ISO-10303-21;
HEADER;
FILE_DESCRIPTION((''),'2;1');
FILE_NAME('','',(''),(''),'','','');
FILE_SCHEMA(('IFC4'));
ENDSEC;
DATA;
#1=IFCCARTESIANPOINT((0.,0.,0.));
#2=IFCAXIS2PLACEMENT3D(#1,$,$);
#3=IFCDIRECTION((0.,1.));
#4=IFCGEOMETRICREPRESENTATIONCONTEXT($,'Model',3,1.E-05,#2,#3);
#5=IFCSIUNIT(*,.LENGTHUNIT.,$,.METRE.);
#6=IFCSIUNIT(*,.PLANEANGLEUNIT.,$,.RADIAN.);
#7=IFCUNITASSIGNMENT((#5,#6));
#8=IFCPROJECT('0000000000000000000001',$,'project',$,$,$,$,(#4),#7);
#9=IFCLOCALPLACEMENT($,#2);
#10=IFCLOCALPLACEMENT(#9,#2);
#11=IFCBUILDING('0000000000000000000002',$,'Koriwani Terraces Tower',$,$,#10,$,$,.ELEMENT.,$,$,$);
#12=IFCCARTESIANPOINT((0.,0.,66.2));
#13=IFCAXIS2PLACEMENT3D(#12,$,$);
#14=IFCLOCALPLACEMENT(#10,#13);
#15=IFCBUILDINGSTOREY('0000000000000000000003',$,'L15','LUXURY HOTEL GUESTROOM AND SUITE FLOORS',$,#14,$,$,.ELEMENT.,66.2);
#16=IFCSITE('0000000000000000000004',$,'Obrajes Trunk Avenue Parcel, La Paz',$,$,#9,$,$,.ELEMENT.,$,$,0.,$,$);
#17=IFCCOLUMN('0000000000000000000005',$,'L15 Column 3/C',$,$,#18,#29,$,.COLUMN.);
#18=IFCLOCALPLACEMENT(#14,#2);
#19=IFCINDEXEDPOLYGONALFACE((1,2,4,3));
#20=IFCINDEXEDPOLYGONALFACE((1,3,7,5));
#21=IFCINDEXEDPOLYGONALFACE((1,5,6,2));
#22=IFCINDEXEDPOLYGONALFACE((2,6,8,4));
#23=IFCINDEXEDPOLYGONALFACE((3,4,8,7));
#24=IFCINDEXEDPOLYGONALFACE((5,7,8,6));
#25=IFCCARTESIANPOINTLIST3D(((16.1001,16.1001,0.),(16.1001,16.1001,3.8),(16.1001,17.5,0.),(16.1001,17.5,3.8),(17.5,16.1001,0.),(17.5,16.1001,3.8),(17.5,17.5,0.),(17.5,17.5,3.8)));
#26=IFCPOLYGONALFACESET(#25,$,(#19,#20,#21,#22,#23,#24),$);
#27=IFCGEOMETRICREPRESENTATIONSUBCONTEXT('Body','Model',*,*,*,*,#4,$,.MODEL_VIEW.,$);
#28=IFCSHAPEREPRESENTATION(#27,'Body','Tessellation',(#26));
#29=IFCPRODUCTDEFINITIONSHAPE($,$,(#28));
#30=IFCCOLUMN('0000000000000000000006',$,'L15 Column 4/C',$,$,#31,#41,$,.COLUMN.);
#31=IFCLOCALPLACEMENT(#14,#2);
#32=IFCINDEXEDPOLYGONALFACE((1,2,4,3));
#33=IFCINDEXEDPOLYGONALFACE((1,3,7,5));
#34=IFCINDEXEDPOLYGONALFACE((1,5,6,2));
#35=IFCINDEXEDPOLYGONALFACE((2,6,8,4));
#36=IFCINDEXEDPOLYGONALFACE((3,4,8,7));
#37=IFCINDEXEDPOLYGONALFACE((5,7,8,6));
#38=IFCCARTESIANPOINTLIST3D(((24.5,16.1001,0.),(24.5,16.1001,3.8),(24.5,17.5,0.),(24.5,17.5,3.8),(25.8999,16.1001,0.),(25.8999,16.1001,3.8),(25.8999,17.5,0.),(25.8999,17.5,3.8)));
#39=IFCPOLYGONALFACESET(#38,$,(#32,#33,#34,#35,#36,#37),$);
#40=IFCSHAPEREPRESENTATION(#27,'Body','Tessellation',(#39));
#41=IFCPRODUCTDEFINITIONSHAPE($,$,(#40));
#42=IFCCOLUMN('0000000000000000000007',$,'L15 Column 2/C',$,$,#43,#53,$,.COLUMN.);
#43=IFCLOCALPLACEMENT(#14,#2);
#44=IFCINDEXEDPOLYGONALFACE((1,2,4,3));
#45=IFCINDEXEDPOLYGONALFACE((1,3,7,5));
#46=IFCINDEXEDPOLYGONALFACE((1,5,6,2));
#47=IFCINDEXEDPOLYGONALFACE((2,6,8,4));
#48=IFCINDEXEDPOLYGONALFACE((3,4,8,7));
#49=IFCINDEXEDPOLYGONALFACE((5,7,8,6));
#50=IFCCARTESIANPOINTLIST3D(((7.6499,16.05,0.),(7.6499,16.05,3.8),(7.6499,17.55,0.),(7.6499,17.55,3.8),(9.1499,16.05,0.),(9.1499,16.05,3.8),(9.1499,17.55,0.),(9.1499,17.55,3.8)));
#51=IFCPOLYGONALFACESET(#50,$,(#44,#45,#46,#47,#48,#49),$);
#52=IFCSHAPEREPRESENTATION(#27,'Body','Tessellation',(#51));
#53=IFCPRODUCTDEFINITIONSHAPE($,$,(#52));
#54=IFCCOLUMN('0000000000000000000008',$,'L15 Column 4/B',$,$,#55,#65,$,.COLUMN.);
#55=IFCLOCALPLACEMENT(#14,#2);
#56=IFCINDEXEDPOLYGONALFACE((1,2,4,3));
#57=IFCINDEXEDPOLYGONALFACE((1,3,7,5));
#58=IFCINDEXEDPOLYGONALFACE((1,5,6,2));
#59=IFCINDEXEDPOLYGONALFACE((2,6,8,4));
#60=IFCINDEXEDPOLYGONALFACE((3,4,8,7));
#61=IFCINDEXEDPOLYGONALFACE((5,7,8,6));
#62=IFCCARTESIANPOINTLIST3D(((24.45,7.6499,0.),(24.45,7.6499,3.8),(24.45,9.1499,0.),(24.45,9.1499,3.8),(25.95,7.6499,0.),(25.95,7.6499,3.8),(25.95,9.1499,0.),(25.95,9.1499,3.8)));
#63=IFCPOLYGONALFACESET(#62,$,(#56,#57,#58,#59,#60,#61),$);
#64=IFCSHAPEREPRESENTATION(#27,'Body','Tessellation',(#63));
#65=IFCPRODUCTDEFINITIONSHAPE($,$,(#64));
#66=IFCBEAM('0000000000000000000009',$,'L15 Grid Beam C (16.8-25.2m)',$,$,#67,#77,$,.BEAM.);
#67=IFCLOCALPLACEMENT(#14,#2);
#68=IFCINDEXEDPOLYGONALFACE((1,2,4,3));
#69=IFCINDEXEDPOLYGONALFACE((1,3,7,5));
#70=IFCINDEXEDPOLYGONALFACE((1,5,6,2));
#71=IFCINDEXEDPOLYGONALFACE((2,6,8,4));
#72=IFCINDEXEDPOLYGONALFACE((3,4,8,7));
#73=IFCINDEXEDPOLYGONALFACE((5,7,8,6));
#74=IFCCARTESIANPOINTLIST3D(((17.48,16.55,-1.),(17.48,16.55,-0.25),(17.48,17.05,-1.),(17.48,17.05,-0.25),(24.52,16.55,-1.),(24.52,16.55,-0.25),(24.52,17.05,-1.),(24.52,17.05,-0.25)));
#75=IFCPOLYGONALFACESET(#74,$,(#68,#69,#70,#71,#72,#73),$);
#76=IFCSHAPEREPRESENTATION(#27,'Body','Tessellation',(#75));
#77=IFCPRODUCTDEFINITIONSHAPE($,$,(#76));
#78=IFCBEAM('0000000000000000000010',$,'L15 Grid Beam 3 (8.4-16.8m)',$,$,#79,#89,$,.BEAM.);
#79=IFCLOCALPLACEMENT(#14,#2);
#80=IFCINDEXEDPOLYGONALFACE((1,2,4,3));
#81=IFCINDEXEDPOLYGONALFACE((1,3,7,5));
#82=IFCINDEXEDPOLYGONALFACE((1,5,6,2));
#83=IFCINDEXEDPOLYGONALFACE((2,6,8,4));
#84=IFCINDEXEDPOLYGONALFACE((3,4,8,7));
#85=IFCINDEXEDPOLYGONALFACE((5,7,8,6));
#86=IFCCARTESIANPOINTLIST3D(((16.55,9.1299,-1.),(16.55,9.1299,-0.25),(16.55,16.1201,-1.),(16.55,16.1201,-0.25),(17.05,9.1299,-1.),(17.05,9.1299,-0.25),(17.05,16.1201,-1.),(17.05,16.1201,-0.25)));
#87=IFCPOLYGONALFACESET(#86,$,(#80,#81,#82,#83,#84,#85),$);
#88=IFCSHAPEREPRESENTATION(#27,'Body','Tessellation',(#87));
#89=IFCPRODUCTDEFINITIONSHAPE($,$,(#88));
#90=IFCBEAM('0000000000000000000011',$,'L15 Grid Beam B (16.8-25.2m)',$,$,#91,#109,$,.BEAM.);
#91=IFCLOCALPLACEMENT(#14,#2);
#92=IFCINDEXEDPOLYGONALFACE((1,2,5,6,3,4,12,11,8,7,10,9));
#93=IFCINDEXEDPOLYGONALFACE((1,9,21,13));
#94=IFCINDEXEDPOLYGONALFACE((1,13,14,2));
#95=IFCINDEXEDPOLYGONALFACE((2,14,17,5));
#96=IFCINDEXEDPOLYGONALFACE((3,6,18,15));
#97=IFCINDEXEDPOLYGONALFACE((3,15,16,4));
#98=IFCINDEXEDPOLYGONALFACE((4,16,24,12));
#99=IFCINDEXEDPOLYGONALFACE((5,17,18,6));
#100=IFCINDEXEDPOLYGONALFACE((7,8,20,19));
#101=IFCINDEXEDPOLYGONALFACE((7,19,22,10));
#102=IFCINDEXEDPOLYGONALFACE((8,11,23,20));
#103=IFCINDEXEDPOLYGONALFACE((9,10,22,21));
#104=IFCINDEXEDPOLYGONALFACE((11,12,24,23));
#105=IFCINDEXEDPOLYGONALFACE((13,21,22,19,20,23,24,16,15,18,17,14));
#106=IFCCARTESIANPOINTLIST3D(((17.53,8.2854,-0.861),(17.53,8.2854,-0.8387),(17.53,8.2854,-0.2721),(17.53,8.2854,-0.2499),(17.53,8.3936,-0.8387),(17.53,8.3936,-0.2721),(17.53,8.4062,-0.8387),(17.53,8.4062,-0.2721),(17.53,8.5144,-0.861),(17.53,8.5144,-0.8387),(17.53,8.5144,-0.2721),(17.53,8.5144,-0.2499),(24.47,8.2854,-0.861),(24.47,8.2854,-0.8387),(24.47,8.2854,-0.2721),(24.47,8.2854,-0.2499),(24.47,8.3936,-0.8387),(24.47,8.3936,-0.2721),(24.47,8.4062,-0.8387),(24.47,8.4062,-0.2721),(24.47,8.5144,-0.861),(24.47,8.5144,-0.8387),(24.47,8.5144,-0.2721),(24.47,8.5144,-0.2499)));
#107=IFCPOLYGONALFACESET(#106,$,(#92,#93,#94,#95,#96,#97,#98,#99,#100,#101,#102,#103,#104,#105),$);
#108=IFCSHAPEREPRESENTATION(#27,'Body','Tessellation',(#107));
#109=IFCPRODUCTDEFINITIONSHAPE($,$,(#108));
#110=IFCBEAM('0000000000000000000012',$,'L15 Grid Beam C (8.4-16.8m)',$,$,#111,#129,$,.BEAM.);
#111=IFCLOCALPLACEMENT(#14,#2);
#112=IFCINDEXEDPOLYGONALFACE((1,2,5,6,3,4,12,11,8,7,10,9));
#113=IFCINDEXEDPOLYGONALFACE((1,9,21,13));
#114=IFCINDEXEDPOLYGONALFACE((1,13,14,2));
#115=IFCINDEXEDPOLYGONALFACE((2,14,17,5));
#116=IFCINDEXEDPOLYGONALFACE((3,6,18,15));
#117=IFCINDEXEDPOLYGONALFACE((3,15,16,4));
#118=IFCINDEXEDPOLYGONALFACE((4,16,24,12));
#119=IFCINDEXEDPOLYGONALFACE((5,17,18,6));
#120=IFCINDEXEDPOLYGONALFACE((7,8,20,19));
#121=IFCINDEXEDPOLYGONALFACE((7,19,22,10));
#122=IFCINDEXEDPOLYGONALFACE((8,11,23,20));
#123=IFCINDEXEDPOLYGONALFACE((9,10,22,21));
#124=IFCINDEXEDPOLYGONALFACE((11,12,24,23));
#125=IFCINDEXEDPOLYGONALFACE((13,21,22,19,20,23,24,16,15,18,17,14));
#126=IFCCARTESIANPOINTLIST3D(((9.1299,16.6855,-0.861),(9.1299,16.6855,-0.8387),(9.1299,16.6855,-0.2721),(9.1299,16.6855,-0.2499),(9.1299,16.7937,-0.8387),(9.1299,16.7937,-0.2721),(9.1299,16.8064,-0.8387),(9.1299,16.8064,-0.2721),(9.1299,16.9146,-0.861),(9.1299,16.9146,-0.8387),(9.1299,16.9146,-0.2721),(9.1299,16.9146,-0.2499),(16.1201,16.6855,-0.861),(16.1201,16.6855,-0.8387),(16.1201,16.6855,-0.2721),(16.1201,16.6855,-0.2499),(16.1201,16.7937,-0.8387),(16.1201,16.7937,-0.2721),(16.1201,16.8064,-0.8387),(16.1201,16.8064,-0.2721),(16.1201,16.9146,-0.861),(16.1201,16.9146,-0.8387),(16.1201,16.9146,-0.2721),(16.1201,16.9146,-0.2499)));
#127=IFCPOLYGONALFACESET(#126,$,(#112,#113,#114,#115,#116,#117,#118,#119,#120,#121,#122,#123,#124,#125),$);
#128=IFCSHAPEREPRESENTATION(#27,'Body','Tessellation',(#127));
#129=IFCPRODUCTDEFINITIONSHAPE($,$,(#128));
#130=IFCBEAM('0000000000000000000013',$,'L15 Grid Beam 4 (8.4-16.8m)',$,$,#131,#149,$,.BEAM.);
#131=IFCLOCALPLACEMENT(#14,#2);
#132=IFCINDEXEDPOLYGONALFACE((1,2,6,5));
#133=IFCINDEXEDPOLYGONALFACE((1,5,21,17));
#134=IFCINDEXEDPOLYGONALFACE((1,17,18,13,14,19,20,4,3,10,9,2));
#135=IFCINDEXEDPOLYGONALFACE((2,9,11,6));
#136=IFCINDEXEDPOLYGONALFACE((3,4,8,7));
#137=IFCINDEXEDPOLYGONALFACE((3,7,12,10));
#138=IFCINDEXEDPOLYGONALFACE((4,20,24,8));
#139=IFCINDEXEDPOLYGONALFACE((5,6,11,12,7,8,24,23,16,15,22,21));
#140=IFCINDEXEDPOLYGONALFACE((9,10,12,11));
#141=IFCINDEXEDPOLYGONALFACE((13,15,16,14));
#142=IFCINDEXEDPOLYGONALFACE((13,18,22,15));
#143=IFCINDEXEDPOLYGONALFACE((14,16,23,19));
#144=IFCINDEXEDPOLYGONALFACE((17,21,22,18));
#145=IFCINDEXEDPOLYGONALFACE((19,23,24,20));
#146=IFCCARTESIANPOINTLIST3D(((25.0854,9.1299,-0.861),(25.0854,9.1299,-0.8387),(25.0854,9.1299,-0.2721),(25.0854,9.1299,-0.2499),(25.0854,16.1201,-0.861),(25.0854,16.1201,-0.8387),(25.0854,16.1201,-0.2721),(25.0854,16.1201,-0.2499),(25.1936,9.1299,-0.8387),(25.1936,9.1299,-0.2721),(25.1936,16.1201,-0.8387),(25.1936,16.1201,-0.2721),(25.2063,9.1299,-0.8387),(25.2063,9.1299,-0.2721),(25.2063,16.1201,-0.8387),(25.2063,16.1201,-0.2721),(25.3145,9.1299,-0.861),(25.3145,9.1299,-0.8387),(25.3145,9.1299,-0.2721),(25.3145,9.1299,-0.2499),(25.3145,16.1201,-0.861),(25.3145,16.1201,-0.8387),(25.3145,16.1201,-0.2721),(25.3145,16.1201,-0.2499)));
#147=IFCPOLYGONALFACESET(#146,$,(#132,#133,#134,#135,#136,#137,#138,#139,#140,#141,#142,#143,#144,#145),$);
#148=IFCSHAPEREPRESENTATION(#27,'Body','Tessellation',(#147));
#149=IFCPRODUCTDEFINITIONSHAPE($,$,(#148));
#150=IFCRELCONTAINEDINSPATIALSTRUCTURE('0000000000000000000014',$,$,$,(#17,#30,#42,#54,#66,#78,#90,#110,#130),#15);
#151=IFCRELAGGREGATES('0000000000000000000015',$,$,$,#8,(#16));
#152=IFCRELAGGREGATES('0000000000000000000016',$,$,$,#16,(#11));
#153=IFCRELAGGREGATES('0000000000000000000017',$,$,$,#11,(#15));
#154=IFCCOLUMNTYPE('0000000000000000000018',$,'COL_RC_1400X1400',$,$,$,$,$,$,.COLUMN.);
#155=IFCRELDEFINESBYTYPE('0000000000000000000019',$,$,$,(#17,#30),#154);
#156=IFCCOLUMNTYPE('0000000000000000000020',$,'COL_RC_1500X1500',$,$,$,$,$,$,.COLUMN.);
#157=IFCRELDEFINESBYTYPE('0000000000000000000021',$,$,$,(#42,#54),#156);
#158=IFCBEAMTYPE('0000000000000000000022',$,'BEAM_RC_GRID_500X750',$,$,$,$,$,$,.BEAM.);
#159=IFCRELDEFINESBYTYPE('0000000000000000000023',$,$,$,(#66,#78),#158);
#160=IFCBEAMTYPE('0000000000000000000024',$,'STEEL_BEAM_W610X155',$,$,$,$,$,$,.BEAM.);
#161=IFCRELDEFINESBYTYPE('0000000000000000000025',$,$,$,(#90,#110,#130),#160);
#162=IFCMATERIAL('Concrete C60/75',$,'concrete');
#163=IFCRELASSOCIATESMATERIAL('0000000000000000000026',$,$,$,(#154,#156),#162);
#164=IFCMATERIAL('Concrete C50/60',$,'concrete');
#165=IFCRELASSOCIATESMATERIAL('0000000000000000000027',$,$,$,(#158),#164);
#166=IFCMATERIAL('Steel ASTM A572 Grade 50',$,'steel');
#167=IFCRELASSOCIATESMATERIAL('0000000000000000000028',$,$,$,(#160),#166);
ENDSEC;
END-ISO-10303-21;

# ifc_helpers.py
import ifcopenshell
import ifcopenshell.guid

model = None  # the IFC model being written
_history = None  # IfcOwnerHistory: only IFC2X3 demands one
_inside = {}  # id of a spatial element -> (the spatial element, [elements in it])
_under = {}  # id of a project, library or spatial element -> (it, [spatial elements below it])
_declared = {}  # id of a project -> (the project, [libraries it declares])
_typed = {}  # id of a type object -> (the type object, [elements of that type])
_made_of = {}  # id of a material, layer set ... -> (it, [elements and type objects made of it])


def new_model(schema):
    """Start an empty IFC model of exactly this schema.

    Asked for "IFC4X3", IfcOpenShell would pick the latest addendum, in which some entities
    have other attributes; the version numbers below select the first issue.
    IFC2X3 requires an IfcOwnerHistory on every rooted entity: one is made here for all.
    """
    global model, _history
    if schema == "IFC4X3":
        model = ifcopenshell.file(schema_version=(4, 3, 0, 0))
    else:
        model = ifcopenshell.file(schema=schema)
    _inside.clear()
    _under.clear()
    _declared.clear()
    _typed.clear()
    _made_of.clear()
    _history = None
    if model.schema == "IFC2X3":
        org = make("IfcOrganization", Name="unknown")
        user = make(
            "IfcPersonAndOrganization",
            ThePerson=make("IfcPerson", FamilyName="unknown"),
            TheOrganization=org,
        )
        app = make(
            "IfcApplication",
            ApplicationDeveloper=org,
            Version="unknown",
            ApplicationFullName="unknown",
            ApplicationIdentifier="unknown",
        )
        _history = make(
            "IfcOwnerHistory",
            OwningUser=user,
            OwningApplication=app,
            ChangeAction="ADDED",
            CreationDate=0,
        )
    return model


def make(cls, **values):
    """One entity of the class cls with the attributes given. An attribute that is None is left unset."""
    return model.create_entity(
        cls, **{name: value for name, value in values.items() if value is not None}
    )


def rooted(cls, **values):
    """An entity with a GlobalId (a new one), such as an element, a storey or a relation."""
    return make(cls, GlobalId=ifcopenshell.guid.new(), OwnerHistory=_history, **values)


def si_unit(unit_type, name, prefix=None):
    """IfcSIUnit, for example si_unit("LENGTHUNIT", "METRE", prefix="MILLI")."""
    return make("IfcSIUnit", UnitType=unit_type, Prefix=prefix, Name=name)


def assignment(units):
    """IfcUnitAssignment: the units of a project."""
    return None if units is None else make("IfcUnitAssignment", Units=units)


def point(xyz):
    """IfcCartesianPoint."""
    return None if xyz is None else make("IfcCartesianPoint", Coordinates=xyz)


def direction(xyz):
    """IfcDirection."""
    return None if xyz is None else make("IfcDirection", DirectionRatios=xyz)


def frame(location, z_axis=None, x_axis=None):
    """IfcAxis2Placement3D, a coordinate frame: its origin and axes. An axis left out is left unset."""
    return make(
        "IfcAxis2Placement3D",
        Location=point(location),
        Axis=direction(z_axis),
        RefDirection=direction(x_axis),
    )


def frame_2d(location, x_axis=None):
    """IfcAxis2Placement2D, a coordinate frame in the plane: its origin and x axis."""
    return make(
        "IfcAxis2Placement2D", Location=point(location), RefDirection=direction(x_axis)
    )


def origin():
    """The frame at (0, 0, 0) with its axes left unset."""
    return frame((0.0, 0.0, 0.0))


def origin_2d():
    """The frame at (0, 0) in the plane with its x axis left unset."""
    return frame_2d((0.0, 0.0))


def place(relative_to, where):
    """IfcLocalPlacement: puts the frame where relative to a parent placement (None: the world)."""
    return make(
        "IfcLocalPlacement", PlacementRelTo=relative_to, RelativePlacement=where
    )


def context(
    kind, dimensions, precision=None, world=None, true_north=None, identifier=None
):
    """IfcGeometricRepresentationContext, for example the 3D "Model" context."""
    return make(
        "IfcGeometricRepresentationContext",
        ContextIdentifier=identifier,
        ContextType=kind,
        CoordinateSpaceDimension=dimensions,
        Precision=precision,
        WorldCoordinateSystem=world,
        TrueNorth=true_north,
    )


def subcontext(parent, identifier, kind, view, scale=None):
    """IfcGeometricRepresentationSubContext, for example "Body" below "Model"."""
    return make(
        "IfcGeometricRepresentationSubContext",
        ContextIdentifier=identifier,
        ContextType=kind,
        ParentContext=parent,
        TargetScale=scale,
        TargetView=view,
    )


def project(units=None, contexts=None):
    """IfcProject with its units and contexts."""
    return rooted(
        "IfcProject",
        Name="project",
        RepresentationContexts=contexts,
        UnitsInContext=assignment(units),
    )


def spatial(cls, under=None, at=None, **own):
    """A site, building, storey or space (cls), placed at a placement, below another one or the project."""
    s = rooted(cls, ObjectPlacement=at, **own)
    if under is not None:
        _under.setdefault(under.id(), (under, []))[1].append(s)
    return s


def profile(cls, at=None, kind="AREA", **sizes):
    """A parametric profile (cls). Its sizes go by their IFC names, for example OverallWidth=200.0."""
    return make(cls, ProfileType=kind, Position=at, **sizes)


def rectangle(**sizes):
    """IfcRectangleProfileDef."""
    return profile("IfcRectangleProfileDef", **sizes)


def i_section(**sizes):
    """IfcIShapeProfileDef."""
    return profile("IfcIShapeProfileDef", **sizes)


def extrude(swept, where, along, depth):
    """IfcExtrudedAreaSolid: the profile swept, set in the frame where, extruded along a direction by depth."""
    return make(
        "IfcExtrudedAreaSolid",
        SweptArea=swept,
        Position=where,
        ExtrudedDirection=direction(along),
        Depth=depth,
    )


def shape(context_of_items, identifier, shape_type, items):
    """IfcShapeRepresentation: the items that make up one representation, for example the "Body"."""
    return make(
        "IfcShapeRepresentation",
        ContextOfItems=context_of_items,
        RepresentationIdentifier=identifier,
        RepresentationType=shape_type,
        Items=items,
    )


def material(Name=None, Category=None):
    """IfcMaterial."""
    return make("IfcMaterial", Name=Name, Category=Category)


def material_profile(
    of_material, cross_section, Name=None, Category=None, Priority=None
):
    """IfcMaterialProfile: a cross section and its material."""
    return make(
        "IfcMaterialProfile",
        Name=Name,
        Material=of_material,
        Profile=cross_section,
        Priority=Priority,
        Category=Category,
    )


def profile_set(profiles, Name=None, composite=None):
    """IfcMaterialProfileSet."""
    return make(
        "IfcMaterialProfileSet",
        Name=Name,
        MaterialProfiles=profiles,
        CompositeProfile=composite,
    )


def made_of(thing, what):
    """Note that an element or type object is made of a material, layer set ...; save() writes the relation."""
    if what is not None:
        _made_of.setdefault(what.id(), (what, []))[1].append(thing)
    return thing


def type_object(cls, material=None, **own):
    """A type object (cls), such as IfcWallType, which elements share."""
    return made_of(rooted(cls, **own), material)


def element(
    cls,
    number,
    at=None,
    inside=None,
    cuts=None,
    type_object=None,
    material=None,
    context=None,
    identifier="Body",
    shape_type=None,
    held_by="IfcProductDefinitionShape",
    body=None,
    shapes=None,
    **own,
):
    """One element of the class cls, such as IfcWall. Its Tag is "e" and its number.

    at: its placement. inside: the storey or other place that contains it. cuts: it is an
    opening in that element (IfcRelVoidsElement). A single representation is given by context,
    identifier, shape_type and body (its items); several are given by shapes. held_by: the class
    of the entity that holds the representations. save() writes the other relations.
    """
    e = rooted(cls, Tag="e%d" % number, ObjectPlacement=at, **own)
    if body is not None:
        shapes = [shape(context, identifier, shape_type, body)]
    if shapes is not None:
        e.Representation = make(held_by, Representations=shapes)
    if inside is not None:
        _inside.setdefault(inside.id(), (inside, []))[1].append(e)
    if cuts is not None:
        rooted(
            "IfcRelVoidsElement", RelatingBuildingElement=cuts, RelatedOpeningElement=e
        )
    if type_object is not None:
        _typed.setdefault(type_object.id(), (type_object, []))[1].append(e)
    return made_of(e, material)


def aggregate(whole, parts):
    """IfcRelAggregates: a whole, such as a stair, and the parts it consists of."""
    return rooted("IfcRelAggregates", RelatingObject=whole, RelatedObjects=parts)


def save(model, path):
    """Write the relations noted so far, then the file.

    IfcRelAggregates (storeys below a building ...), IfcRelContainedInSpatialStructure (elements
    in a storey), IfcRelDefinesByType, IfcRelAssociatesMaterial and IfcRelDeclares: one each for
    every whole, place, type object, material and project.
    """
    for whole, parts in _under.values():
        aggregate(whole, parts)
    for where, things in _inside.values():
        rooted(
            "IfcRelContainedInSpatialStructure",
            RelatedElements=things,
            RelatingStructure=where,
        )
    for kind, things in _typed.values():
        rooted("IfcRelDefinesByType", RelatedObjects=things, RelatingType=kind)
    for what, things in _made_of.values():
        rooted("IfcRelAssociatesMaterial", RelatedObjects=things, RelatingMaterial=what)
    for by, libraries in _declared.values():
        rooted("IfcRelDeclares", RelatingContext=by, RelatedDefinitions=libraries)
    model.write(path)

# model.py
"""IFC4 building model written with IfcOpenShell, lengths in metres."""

from ifc_helpers import new_model, si_unit, direction, frame, origin, origin_2d, place, context, subcontext, project, spatial, rectangle, i_section, extrude, material, material_profile, profile_set, type_object, element, save


model = new_model("IFC4")

# Units and contexts
model_context = context("Model", 3, precision=1e-05, world=origin(), true_north=direction((0.0, 1.0)))
body_context = subcontext(model_context, "Body", "Model", "MODEL_VIEW")
ifc_project = project(units=[si_unit("LENGTHUNIT", "METRE"), si_unit("PLANEANGLEUNIT", "RADIAN")], contexts=[model_context])

# Site, building, storey
site_placement = place(None, origin())
site = spatial("IfcSite", under=ifc_project, at=site_placement, Name="Obrajes Trunk Avenue Parcel, La Paz", CompositionType="ELEMENT", RefElevation=0.0)
building_placement = place(site_placement, origin())
building = spatial("IfcBuilding", under=site, at=building_placement, Name="Koriwani Terraces Tower", CompositionType="ELEMENT")
storey_placement = place(building_placement, frame((0.0, 0.0, 66.2)))
storey = spatial("IfcBuildingStorey", under=building, at=storey_placement, Name="L15", Description="LUXURY HOTEL GUESTROOM AND SUITE FLOORS", CompositionType="ELEMENT", Elevation=66.2)

# Columns
ifc_material_1 = material(Name="Concrete C60/75", Category="concrete")
ifc_material_profile_1 = material_profile(ifc_material_1, rectangle(XDim=1.3999, YDim=1.3999, at=origin_2d()), Name="Concrete C60/75", Category="LoadBearing")
ifc_profile_set_1 = profile_set([ifc_material_profile_1], Name="Concrete C60/75")
column_type_1 = type_object("IfcColumnType", Name="COL_RC_1400X1400", PredefinedType="COLUMN", material=ifc_profile_set_1)
for number, where, z_axis, x_axis, name in (
    (1, (16.8, 16.8, 0.0), (0.0, 0.0, 1.0), (1.0, 0.0, 0.0), "L15 Column 3/C"),
    (2, (25.2, 16.8, 0.0), (0.0, 0.0, 1.0), (1.0, 0.0, 0.0), "L15 Column 4/C"),
):
    element("IfcColumn", number, at=place(storey_placement, frame(where, z_axis=z_axis, x_axis=x_axis)), inside=storey, type_object=column_type_1, Name=name, PredefinedType="COLUMN", context=body_context, shape_type="SweptSolid", body=[
        extrude(rectangle(XDim=1.3999, YDim=1.3999, at=origin_2d()), origin(), (0.0, 0.0, 1.0), 3.8),
    ])
ifc_material_profile_2 = material_profile(ifc_material_1, rectangle(XDim=1.5, YDim=1.5, at=origin_2d()), Name="Concrete C60/75", Category="LoadBearing")
ifc_profile_set_2 = profile_set([ifc_material_profile_2], Name="Concrete C60/75")
column_type_2 = type_object("IfcColumnType", Name="COL_RC_1500X1500", PredefinedType="COLUMN", material=ifc_profile_set_2)
for number, where, z_axis, x_axis, name in (
    (3, (8.3999, 16.8, 0.0), (0.0, 0.0, 1.0), (1.0, 0.0, 0.0), "L15 Column 2/C"),
    (4, (25.2, 8.3999, 0.0), (0.0, 0.0, 1.0), (1.0, 0.0, 0.0), "L15 Column 4/B"),
):
    element("IfcColumn", number, at=place(storey_placement, frame(where, z_axis=z_axis, x_axis=x_axis)), inside=storey, type_object=column_type_2, Name=name, PredefinedType="COLUMN", context=body_context, shape_type="SweptSolid", body=[
        extrude(rectangle(XDim=1.5, YDim=1.5, at=origin_2d()), origin(), (0.0, 0.0, 1.0), 3.8),
    ])

# Beams
ifc_material_2 = material(Name="Concrete C50/60", Category="concrete")
ifc_material_profile_3 = material_profile(ifc_material_2, rectangle(XDim=0.5, YDim=0.75, at=origin_2d()), Name="Concrete C50/60", Category="LoadBearing")
ifc_profile_set_3 = profile_set([ifc_material_profile_3], Name="Concrete C50/60")
beam_type_1 = type_object("IfcBeamType", Name="BEAM_RC_GRID_500X750", PredefinedType="BEAM", material=ifc_profile_set_3)
beam_1_placement = place(storey_placement, frame((17.48, 16.8, -0.625), z_axis=(1.0, 0.0, 0.0), x_axis=(0.0, 1.0, 0.0)))
element("IfcBeam", 5, at=beam_1_placement, inside=storey, type_object=beam_type_1, Name="L15 Grid Beam C (16.8-25.2m)", PredefinedType="BEAM", context=body_context, shape_type="SweptSolid", body=[
    extrude(rectangle(XDim=0.5, YDim=0.75, at=origin_2d()), origin(), (0.0, 0.0, 1.0), 7.04),
])
beam_2_placement = place(storey_placement, frame((16.8, 9.1299, -0.625), z_axis=(0.0, 1.0, 0.0), x_axis=(-1.0, 0.0, 0.0)))
element("IfcBeam", 6, at=beam_2_placement, inside=storey, type_object=beam_type_1, Name="L15 Grid Beam 3 (8.4-16.8m)", PredefinedType="BEAM", context=body_context, shape_type="SweptSolid", body=[
    extrude(rectangle(XDim=0.5, YDim=0.75, at=origin_2d()), origin(), (0.0, 0.0, 1.0), 6.9902),
])
ifc_material_3 = material(Name="Steel ASTM A572 Grade 50", Category="steel")
ifc_material_profile_4 = material_profile(ifc_material_3, i_section(OverallWidth=0.229, OverallDepth=0.6111, WebThickness=0.0127, FlangeThickness=0.0222, at=origin_2d()), Name="Steel ASTM A572 Grade 50", Category="LoadBearing")
ifc_profile_set_4 = profile_set([ifc_material_profile_4], Name="Steel ASTM A572 Grade 50")
beam_type_2 = type_object("IfcBeamType", Name="STEEL_BEAM_W610X155", PredefinedType="BEAM", material=ifc_profile_set_4)
beam_3_placement = place(storey_placement, frame((17.53, 8.3999, -0.5554), z_axis=(1.0, 0.0, 0.0), x_axis=(0.0, 1.0, 0.0)))
element("IfcBeam", 7, at=beam_3_placement, inside=storey, type_object=beam_type_2, Name="L15 Grid Beam B (16.8-25.2m)", PredefinedType="BEAM", context=body_context, shape_type="SweptSolid", body=[
    extrude(i_section(OverallWidth=0.229, OverallDepth=0.6111, WebThickness=0.0127, FlangeThickness=0.0222, at=origin_2d()), origin(), (0.0, 0.0, 1.0), 6.9399),
])
for number, where, z_axis, x_axis, name in (
    (8, (9.1299, 16.8, -0.5554), (1.0, 0.0, 0.0), (0.0, 1.0, 0.0), "L15 Grid Beam C (8.4-16.8m)"),
    (9, (25.2, 9.1299, -0.5554), (0.0, 1.0, 0.0), (-1.0, 0.0, 0.0), "L15 Grid Beam 4 (8.4-16.8m)"),
):
    element("IfcBeam", number, at=place(storey_placement, frame(where, z_axis=z_axis, x_axis=x_axis)), inside=storey, type_object=beam_type_2, Name=name, PredefinedType="BEAM", context=body_context, shape_type="SweptSolid", body=[
        extrude(i_section(OverallWidth=0.229, OverallDepth=0.6111, WebThickness=0.0127, FlangeThickness=0.0222, at=origin_2d()), origin(), (0.0, 0.0, 1.0), 6.9902),
    ])

save(model, "model.ifc")
